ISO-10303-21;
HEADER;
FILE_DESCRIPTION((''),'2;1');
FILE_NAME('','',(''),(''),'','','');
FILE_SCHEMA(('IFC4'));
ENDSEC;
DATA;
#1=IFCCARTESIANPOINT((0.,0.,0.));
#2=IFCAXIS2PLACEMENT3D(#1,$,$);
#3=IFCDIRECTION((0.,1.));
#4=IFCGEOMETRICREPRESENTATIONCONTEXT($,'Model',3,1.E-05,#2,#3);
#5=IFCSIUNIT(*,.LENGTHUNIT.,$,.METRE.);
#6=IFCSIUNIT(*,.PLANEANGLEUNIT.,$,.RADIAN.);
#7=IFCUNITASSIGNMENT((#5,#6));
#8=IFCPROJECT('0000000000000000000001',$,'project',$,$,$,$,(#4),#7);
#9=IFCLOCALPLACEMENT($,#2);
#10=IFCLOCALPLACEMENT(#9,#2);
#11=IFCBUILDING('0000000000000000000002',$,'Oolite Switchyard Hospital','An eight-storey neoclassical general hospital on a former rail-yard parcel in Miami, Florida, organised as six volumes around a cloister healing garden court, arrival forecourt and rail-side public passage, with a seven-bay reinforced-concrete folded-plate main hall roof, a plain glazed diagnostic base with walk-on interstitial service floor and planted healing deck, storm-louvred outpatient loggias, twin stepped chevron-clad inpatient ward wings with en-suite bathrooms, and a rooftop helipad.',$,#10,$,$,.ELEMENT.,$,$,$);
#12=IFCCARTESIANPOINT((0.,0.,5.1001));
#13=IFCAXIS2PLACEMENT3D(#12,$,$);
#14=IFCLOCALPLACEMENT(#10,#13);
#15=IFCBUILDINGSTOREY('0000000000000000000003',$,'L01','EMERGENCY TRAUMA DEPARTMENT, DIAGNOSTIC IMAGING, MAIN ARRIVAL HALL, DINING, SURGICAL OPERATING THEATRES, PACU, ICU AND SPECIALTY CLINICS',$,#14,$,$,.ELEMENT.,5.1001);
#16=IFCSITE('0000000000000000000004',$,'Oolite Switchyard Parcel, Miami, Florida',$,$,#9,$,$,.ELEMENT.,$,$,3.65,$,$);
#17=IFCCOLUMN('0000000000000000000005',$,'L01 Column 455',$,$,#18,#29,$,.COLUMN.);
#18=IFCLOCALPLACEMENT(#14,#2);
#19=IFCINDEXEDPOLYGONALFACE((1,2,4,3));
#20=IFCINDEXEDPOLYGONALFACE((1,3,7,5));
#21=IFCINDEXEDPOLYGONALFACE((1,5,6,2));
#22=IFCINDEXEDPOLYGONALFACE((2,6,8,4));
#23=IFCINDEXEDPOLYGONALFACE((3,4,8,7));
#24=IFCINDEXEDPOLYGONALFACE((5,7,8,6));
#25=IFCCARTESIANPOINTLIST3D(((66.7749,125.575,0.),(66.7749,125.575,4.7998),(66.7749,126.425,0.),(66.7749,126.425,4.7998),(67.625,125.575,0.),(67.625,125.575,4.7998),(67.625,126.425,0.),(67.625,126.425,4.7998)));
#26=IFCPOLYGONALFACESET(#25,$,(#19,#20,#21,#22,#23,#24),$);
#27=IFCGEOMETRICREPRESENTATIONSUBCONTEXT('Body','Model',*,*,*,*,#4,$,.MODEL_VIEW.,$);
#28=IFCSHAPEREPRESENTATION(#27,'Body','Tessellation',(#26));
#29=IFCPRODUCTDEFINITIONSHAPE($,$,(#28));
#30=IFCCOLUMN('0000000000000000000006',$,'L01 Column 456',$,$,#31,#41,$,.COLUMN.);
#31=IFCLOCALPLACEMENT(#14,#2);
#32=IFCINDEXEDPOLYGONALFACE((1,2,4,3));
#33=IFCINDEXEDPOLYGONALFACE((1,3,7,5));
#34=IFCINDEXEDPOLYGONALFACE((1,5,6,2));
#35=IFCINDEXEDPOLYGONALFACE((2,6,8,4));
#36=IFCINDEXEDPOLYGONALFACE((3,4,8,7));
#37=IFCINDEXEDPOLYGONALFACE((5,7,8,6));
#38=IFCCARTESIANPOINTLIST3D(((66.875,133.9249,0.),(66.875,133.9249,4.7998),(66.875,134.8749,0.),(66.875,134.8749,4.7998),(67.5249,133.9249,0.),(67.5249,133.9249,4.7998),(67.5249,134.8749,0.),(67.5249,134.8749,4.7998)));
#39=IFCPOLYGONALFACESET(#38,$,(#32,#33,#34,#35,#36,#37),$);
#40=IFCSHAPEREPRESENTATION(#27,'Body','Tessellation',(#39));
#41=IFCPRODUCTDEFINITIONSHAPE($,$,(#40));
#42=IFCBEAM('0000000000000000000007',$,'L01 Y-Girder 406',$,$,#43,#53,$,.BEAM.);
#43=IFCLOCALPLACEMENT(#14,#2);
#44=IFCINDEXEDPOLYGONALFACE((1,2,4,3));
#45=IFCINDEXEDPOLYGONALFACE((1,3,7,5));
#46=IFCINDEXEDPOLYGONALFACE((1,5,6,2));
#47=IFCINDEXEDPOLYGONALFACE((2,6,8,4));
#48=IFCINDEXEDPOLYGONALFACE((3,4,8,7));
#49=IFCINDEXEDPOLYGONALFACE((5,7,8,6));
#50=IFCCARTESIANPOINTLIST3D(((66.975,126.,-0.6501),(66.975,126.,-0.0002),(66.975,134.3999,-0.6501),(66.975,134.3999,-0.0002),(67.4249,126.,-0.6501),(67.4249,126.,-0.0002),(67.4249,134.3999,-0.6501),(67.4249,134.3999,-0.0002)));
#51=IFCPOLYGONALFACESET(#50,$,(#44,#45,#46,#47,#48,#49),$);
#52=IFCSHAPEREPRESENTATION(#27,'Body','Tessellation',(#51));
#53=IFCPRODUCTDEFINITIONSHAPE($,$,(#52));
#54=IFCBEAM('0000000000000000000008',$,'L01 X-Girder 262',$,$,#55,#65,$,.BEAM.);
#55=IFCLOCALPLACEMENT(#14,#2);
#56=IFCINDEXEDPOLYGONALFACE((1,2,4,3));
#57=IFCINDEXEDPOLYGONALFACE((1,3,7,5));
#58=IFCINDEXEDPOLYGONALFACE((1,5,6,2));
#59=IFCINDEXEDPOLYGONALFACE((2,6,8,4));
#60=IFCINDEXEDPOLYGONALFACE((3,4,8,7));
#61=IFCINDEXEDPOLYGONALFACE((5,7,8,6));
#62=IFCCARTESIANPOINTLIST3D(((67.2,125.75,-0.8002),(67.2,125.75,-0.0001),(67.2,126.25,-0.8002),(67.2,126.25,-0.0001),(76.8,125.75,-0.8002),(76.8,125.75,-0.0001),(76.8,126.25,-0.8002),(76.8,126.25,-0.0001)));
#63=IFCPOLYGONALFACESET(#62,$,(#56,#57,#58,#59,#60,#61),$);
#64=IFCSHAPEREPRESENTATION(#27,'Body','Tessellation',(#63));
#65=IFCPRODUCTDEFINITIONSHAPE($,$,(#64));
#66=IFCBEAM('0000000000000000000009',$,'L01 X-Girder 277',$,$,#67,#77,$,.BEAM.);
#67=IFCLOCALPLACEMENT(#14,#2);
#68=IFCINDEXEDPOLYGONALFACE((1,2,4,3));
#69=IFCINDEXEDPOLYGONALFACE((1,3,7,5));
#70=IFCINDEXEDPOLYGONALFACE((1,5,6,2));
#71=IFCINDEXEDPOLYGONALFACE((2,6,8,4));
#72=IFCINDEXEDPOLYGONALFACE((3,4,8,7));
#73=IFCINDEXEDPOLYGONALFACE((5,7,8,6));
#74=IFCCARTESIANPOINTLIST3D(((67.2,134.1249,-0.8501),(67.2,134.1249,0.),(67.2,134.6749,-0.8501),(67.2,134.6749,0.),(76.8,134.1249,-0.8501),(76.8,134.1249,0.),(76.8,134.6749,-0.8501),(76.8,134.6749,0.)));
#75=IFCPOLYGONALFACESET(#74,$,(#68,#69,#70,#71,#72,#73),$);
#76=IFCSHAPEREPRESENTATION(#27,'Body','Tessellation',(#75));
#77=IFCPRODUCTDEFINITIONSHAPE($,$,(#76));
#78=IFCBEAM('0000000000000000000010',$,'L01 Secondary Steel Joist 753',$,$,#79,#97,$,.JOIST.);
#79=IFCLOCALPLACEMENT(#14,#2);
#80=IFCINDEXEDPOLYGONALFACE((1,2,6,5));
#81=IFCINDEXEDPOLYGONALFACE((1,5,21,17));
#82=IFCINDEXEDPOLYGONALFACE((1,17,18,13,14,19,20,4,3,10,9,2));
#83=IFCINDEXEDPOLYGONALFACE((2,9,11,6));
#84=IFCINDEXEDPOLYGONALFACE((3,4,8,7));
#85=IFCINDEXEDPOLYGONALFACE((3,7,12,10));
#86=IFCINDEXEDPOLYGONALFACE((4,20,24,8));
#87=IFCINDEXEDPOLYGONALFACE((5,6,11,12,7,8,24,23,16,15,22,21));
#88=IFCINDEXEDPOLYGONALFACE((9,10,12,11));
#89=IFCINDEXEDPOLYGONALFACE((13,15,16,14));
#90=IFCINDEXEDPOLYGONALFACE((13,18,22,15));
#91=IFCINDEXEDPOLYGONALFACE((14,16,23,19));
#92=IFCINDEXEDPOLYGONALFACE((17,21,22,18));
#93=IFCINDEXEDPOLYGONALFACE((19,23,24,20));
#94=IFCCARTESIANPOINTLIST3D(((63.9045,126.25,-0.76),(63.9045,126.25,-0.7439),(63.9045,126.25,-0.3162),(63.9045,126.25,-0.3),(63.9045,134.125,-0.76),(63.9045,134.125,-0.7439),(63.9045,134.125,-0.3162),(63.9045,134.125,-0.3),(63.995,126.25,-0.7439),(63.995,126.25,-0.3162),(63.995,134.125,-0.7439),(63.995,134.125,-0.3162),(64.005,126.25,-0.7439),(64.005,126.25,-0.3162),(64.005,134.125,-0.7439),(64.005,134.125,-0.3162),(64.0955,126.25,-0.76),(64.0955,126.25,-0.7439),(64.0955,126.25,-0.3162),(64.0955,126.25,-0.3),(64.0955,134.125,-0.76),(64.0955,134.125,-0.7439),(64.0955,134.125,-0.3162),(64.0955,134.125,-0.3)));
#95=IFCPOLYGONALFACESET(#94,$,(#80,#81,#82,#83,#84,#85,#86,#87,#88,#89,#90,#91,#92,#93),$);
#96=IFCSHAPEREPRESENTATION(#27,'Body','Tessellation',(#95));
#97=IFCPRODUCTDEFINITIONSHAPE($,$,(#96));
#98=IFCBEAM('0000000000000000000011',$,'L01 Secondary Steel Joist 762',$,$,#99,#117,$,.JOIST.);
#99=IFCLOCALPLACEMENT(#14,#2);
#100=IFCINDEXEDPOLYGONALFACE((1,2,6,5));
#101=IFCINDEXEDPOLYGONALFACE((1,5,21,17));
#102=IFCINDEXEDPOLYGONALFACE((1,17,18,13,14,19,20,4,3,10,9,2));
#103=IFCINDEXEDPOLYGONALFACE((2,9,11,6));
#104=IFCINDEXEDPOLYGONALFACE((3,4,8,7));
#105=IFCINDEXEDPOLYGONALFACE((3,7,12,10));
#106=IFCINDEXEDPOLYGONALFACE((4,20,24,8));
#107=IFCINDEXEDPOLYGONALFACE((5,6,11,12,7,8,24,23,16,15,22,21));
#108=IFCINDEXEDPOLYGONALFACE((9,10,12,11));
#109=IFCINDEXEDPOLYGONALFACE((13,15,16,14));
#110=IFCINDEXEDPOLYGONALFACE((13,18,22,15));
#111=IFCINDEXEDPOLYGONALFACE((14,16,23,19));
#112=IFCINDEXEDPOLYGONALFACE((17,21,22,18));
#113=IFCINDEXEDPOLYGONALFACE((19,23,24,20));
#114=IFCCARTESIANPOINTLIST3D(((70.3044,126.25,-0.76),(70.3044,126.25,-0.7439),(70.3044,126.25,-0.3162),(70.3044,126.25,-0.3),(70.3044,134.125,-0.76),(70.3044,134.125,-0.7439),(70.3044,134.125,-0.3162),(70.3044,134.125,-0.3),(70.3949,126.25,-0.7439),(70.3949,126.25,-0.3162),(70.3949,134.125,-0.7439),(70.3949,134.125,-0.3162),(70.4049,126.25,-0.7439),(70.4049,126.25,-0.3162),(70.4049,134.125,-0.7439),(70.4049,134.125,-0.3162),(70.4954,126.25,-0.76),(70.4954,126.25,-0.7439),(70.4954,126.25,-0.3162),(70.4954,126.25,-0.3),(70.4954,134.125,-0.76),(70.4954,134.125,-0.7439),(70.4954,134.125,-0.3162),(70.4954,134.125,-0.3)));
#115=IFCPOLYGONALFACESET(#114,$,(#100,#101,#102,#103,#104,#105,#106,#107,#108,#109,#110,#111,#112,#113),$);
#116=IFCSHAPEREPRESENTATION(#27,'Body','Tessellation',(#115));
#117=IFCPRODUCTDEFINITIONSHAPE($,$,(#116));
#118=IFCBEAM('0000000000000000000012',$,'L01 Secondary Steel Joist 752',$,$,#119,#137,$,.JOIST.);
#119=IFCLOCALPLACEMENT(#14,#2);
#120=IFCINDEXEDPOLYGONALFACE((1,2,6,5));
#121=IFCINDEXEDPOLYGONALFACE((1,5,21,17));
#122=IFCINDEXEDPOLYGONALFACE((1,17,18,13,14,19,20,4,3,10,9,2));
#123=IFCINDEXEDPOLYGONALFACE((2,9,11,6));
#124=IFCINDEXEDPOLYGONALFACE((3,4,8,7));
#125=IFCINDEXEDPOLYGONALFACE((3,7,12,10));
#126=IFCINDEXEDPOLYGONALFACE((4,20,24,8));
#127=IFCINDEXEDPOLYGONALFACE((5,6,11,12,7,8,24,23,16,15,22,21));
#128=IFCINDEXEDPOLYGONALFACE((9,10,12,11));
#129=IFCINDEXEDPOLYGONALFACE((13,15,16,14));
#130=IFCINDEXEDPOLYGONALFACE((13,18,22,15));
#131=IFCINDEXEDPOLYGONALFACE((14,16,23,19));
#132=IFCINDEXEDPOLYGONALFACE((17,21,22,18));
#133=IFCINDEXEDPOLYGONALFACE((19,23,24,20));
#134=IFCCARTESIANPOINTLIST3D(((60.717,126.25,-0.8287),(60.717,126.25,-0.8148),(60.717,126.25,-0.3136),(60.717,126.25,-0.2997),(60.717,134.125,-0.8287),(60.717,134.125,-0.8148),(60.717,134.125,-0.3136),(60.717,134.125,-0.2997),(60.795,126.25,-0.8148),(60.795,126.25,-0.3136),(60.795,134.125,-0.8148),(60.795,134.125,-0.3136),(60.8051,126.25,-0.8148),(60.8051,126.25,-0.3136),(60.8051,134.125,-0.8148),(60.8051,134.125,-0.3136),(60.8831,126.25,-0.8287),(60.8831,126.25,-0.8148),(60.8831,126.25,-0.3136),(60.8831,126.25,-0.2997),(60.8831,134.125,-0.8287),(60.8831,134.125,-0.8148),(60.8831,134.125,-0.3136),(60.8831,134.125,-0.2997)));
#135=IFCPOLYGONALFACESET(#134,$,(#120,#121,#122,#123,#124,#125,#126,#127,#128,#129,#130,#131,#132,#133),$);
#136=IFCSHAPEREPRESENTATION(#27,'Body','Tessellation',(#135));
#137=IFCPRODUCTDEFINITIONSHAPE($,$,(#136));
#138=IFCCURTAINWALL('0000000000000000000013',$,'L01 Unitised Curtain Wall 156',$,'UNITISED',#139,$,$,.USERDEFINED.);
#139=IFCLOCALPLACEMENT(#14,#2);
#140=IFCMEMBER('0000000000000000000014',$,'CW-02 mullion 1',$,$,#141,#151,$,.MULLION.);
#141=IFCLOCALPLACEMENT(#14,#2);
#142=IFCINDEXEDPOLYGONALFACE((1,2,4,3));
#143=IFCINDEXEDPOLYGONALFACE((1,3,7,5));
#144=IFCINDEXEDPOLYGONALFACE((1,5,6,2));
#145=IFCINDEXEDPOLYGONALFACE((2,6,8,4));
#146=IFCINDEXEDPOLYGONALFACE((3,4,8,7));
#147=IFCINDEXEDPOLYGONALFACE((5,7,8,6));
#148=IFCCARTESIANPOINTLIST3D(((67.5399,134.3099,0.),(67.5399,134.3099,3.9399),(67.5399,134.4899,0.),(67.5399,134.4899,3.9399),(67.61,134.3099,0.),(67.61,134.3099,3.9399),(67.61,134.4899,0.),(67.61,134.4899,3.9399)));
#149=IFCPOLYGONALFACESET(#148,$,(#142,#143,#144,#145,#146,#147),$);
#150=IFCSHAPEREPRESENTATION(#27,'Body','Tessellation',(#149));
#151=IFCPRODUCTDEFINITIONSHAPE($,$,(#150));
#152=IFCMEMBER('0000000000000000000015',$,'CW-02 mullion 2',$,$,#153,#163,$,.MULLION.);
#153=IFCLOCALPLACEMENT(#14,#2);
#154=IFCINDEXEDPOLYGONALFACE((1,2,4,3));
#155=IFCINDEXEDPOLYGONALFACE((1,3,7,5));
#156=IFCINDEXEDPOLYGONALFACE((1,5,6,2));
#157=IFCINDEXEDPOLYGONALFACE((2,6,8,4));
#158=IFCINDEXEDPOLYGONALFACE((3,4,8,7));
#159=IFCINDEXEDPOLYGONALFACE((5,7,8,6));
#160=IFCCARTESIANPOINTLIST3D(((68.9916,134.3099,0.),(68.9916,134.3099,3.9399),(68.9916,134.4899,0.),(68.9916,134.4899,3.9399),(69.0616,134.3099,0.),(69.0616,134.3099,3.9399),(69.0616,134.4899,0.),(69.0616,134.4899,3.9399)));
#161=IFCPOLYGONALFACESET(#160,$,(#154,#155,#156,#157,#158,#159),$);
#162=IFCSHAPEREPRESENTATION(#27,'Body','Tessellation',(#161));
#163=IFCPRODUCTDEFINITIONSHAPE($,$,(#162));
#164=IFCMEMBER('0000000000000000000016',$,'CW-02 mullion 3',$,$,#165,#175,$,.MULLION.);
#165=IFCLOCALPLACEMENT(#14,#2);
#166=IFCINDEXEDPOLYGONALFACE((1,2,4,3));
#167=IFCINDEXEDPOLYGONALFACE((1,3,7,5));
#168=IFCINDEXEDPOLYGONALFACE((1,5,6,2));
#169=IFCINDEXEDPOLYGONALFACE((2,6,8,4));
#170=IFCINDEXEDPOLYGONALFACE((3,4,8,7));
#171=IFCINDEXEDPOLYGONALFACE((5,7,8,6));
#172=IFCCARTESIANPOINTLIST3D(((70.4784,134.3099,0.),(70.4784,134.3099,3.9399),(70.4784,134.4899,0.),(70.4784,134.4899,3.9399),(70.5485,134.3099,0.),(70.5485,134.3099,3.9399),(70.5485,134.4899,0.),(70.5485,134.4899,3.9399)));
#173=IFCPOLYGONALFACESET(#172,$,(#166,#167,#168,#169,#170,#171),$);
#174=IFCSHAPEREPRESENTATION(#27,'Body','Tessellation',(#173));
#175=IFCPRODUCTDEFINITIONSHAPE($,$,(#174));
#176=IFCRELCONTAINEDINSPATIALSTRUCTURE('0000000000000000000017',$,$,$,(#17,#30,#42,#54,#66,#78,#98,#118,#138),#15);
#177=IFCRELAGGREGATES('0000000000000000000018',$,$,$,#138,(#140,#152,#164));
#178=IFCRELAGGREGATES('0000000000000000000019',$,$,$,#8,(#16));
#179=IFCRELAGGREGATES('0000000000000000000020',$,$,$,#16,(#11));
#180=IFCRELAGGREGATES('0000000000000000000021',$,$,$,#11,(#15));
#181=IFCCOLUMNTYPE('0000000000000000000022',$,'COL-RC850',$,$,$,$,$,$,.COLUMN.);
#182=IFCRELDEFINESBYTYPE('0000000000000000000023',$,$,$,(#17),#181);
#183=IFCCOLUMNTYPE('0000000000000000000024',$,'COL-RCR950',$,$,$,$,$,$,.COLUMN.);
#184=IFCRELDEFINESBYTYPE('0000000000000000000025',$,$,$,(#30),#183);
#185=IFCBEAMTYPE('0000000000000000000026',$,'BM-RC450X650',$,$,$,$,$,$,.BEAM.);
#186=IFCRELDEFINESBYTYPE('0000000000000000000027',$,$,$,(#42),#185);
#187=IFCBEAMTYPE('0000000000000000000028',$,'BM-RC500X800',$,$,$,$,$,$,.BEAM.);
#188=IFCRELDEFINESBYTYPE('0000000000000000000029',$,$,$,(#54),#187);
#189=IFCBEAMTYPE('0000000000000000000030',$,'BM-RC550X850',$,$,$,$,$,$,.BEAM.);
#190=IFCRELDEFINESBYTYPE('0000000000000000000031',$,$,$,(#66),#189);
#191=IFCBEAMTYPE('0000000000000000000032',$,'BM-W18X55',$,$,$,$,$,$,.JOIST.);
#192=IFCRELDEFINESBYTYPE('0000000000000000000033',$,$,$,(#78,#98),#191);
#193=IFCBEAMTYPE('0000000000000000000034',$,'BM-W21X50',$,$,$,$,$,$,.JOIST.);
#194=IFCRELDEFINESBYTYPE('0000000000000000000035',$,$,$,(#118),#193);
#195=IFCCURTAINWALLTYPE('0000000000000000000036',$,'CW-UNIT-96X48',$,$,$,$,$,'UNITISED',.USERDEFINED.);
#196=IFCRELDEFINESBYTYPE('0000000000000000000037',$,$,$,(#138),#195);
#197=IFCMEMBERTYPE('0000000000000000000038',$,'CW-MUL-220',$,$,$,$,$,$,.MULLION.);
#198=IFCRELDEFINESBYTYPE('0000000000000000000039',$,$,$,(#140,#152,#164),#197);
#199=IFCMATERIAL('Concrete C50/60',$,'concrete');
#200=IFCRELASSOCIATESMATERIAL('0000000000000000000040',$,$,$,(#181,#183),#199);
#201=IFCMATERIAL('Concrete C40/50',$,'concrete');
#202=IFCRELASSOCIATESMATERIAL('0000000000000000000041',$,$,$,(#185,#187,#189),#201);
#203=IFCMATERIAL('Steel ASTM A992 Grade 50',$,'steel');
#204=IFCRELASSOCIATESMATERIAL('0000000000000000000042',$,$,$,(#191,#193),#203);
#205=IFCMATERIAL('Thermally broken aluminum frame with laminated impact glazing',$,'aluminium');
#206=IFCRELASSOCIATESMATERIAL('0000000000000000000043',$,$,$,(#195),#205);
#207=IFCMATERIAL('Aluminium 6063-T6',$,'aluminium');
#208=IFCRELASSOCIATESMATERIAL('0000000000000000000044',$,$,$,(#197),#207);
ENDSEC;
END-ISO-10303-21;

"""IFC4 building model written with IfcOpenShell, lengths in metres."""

from ifc_helpers import new_model, si_unit, direction, frame, origin, origin_2d, place, context, subcontext, project, spatial, rectangle, i_section, extrude, material, material_profile, profile_set, type_object, element, aggregate, save


model = new_model("IFC4")

# Units and contexts
model_context = context("Model", 3, precision=1e-05, world=origin(), true_north=direction((0.0, 1.0)))
body_context = subcontext(model_context, "Body", "Model", "MODEL_VIEW")
ifc_project = project(units=[si_unit("LENGTHUNIT", "METRE"), si_unit("PLANEANGLEUNIT", "RADIAN")], contexts=[model_context])

# Site, building, storey
site_placement = place(None, origin())
site = spatial("IfcSite", under=ifc_project, at=site_placement, Name="Oolite Switchyard Parcel, Miami, Florida", CompositionType="ELEMENT", RefElevation=3.65)
building_placement = place(site_placement, origin())
building = spatial("IfcBuilding", under=site, at=building_placement, Name="Oolite Switchyard Hospital", Description="An eight-storey neoclassical general hospital on a former rail-yard parcel in Miami, Florida, organised as six volumes around a cloister healing garden court, arrival forecourt and rail-side public passage, with a seven-bay reinforced-concrete folded-plate main hall roof, a plain glazed diagnostic base with walk-on interstitial service floor and planted healing deck, storm-louvred outpatient loggias, twin stepped chevron-clad inpatient ward wings with en-suite bathrooms, and a rooftop helipad.", CompositionType="ELEMENT")
storey_placement = place(building_placement, frame((0.0, 0.0, 5.1001)))
storey = spatial("IfcBuildingStorey", under=building, at=storey_placement, Name="L01", Description="EMERGENCY TRAUMA DEPARTMENT, DIAGNOSTIC IMAGING, MAIN ARRIVAL HALL, DINING, SURGICAL OPERATING THEATRES, PACU, ICU AND SPECIALTY CLINICS", CompositionType="ELEMENT", Elevation=5.1001)

# Columns
ifc_material_1 = material(Name="Concrete C50/60", Category="concrete")
ifc_material_profile_1 = material_profile(ifc_material_1, rectangle(XDim=0.8501, YDim=0.8501, at=origin_2d()), Name="RC850X850")
ifc_profile_set_1 = profile_set([ifc_material_profile_1], Name="Concrete C50/60")
column_type_1 = type_object("IfcColumnType", Name="COL-RC850", PredefinedType="COLUMN", material=ifc_profile_set_1)
column_1_placement = place(storey_placement, frame((67.2, 126.0, 0.0), z_axis=(0.0, 0.0, 1.0), x_axis=(1.0, 0.0, 0.0)))
element("IfcColumn", 1, at=column_1_placement, inside=storey, type_object=column_type_1, Name="L01 Column 455", PredefinedType="COLUMN", context=body_context, shape_type="SweptSolid", body=[
    extrude(rectangle(XDim=0.8501, YDim=0.8501, at=origin_2d()), origin(), (0.0, 0.0, 1.0), 4.7998),
])
ifc_material_profile_2 = material_profile(ifc_material_1, rectangle(XDim=0.95, YDim=0.6499, at=origin_2d()), Name="RC950X650")
ifc_profile_set_2 = profile_set([ifc_material_profile_2], Name="Concrete C50/60")
column_type_2 = type_object("IfcColumnType", Name="COL-RCR950", PredefinedType="COLUMN", material=ifc_profile_set_2)
column_2_placement = place(storey_placement, frame((67.2, 134.3999, 0.0), z_axis=(0.0, 0.0, 1.0), x_axis=(0.0, 1.0, 0.0)))
element("IfcColumn", 2, at=column_2_placement, inside=storey, type_object=column_type_2, Name="L01 Column 456", PredefinedType="COLUMN", context=body_context, shape_type="SweptSolid", body=[
    extrude(rectangle(XDim=0.95, YDim=0.6499, at=origin_2d()), origin(), (0.0, 0.0, 1.0), 4.7998),
])

# Beams
ifc_material_2 = material(Name="Concrete C40/50", Category="concrete")
ifc_material_profile_3 = material_profile(ifc_material_2, rectangle(XDim=0.45, YDim=0.6499, at=origin_2d()), Name="RCB450X650")
ifc_profile_set_3 = profile_set([ifc_material_profile_3], Name="Concrete C40/50")
beam_type_1 = type_object("IfcBeamType", Name="BM-RC450X650", PredefinedType="BEAM", material=ifc_profile_set_3)
beam_1_placement = place(storey_placement, frame((67.2, 126.0, -0.3252), z_axis=(0.0, 1.0, 0.0), x_axis=(-1.0, 0.0, 0.0)))
element("IfcBeam", 3, at=beam_1_placement, inside=storey, type_object=beam_type_1, Name="L01 Y-Girder 406", PredefinedType="BEAM", context=body_context, shape_type="SweptSolid", body=[
    extrude(rectangle(XDim=0.45, YDim=0.6499, at=origin_2d()), origin(), (0.0, 0.0, 1.0), 8.3999),
])
ifc_material_profile_4 = material_profile(ifc_material_2, rectangle(XDim=0.5, YDim=0.8, at=origin_2d()), Name="RCB500X800")
ifc_profile_set_4 = profile_set([ifc_material_profile_4], Name="Concrete C40/50")
beam_type_2 = type_object("IfcBeamType", Name="BM-RC500X800", PredefinedType="BEAM", material=ifc_profile_set_4)
beam_2_placement = place(storey_placement, frame((67.2, 126.0, -0.4001), z_axis=(1.0, 0.0, 0.0), x_axis=(0.0, 1.0, 0.0)))
element("IfcBeam", 4, at=beam_2_placement, inside=storey, type_object=beam_type_2, Name="L01 X-Girder 262", PredefinedType="BEAM", context=body_context, shape_type="SweptSolid", body=[
    extrude(rectangle(XDim=0.5, YDim=0.8, at=origin_2d()), origin(), (0.0, 0.0, 1.0), 9.6001),
])
ifc_material_profile_5 = material_profile(ifc_material_2, rectangle(XDim=0.55, YDim=0.8501, at=origin_2d()), Name="RCB550X850")
ifc_profile_set_5 = profile_set([ifc_material_profile_5], Name="Concrete C40/50")
beam_type_3 = type_object("IfcBeamType", Name="BM-RC550X850", PredefinedType="BEAM", material=ifc_profile_set_5)
beam_3_placement = place(storey_placement, frame((67.2, 134.3999, -0.425), z_axis=(1.0, 0.0, 0.0), x_axis=(0.0, 1.0, 0.0)))
element("IfcBeam", 5, at=beam_3_placement, inside=storey, type_object=beam_type_3, Name="L01 X-Girder 277", PredefinedType="BEAM", context=body_context, shape_type="SweptSolid", body=[
    extrude(rectangle(XDim=0.55, YDim=0.8501, at=origin_2d()), origin(), (0.0, 0.0, 1.0), 9.6001),
])
ifc_material_3 = material(Name="Steel ASTM A992 Grade 50", Category="steel")
ifc_material_profile_6 = material_profile(ifc_material_3, i_section(OverallWidth=0.1909, OverallDepth=0.46, WebThickness=0.01, FlangeThickness=0.0161, at=origin_2d()), Name="W18X55")
ifc_profile_set_6 = profile_set([ifc_material_profile_6], Name="Steel ASTM A992 Grade 50")
beam_type_4 = type_object("IfcBeamType", Name="BM-W18X55", PredefinedType="JOIST", material=ifc_profile_set_6)
for number, where, z_axis, x_axis, name in (
    (6, (64.0, 126.25, -0.53), (0.0, 1.0, 0.0), (-1.0, 0.0, 0.0), "L01 Secondary Steel Joist 753"),
    (7, (70.3999, 126.25, -0.53), (0.0, 1.0, 0.0), (-1.0, 0.0, 0.0), "L01 Secondary Steel Joist 762"),
):
    element("IfcBeam", number, at=place(storey_placement, frame(where, z_axis=z_axis, x_axis=x_axis)), inside=storey, type_object=beam_type_4, Name=name, PredefinedType="JOIST", context=body_context, shape_type="SweptSolid", body=[
        extrude(i_section(OverallWidth=0.1909, OverallDepth=0.46, WebThickness=0.01, FlangeThickness=0.0161, at=origin_2d()), origin(), (0.0, 0.0, 1.0), 7.875),
    ])
ifc_material_profile_7 = material_profile(ifc_material_3, i_section(OverallWidth=0.166, OverallDepth=0.5291, WebThickness=0.01, FlangeThickness=0.0139, at=origin_2d()), Name="W21X50")
ifc_profile_set_7 = profile_set([ifc_material_profile_7], Name="Steel ASTM A992 Grade 50")
beam_type_5 = type_object("IfcBeamType", Name="BM-W21X50", PredefinedType="JOIST", material=ifc_profile_set_7)
beam_4_placement = place(storey_placement, frame((60.8, 126.25, -0.5642), z_axis=(0.0, 1.0, 0.0), x_axis=(-1.0, 0.0, 0.0)))
element("IfcBeam", 8, at=beam_4_placement, inside=storey, type_object=beam_type_5, Name="L01 Secondary Steel Joist 752", PredefinedType="JOIST", context=body_context, shape_type="SweptSolid", body=[
    extrude(i_section(OverallWidth=0.166, OverallDepth=0.5291, WebThickness=0.01, FlangeThickness=0.0139, at=origin_2d()), origin(), (0.0, 0.0, 1.0), 7.875),
])

# Curtain wall, members
ifc_material_4 = material(Name="Thermally broken aluminum frame with laminated impact glazing", Category="aluminium")
curtain_wall_type = type_object("IfcCurtainWallType", Name="CW-UNIT-96X48", ElementType="UNITISED", PredefinedType="USERDEFINED", material=ifc_material_4)
curtain_wall_placement = place(storey_placement, origin())
curtain_wall = element("IfcCurtainWall", 9, at=curtain_wall_placement, inside=storey, type_object=curtain_wall_type, Name="L01 Unitised Curtain Wall 156", ObjectType="UNITISED", PredefinedType="USERDEFINED")
ifc_material_5 = material(Name="Aluminium 6063-T6", Category="aluminium")
ifc_material_profile_8 = material_profile(ifc_material_5, rectangle(XDim=0.1799, YDim=0.0701, at=origin_2d()), Name="CWM70X180")
ifc_profile_set_8 = profile_set([ifc_material_profile_8], Name="Aluminium 6063-T6")
member_type_1 = type_object("IfcMemberType", Name="CW-MUL-220", PredefinedType="MULLION", material=ifc_profile_set_8)
member_1_placement = place(storey_placement, frame((67.575, 134.3999, 0.0), z_axis=(0.0, 0.0, 1.0), x_axis=(0.0, 1.0, 0.0)))
member_1 = element("IfcMember", 10, at=member_1_placement, type_object=member_type_1, Name="CW-02 mullion 1", PredefinedType="MULLION", context=body_context, shape_type="SweptSolid", body=[
    extrude(rectangle(XDim=0.1799, YDim=0.0701, at=origin_2d()), origin(), (0.0, 0.0, 1.0), 3.9399),
])
member_2_placement = place(storey_placement, frame((69.0266, 134.3999, 0.0), z_axis=(0.0, 0.0, 1.0), x_axis=(0.0, 1.0, 0.0)))
member_2 = element("IfcMember", 11, at=member_2_placement, type_object=member_type_1, Name="CW-02 mullion 2", PredefinedType="MULLION", context=body_context, shape_type="SweptSolid", body=[
    extrude(rectangle(XDim=0.1799, YDim=0.0701, at=origin_2d()), origin(), (0.0, 0.0, 1.0), 3.9399),
])
member_3_placement = place(storey_placement, frame((70.5134, 134.3999, 0.0), z_axis=(0.0, 0.0, 1.0), x_axis=(0.0, 1.0, 0.0)))
member_3 = element("IfcMember", 12, at=member_3_placement, type_object=member_type_1, Name="CW-02 mullion 3", PredefinedType="MULLION", context=body_context, shape_type="SweptSolid", body=[
    extrude(rectangle(XDim=0.1799, YDim=0.0701, at=origin_2d()), origin(), (0.0, 0.0, 1.0), 3.9399),
])
aggregate(curtain_wall, [member_1, member_2, member_3])

save(model, "model.ifc")
